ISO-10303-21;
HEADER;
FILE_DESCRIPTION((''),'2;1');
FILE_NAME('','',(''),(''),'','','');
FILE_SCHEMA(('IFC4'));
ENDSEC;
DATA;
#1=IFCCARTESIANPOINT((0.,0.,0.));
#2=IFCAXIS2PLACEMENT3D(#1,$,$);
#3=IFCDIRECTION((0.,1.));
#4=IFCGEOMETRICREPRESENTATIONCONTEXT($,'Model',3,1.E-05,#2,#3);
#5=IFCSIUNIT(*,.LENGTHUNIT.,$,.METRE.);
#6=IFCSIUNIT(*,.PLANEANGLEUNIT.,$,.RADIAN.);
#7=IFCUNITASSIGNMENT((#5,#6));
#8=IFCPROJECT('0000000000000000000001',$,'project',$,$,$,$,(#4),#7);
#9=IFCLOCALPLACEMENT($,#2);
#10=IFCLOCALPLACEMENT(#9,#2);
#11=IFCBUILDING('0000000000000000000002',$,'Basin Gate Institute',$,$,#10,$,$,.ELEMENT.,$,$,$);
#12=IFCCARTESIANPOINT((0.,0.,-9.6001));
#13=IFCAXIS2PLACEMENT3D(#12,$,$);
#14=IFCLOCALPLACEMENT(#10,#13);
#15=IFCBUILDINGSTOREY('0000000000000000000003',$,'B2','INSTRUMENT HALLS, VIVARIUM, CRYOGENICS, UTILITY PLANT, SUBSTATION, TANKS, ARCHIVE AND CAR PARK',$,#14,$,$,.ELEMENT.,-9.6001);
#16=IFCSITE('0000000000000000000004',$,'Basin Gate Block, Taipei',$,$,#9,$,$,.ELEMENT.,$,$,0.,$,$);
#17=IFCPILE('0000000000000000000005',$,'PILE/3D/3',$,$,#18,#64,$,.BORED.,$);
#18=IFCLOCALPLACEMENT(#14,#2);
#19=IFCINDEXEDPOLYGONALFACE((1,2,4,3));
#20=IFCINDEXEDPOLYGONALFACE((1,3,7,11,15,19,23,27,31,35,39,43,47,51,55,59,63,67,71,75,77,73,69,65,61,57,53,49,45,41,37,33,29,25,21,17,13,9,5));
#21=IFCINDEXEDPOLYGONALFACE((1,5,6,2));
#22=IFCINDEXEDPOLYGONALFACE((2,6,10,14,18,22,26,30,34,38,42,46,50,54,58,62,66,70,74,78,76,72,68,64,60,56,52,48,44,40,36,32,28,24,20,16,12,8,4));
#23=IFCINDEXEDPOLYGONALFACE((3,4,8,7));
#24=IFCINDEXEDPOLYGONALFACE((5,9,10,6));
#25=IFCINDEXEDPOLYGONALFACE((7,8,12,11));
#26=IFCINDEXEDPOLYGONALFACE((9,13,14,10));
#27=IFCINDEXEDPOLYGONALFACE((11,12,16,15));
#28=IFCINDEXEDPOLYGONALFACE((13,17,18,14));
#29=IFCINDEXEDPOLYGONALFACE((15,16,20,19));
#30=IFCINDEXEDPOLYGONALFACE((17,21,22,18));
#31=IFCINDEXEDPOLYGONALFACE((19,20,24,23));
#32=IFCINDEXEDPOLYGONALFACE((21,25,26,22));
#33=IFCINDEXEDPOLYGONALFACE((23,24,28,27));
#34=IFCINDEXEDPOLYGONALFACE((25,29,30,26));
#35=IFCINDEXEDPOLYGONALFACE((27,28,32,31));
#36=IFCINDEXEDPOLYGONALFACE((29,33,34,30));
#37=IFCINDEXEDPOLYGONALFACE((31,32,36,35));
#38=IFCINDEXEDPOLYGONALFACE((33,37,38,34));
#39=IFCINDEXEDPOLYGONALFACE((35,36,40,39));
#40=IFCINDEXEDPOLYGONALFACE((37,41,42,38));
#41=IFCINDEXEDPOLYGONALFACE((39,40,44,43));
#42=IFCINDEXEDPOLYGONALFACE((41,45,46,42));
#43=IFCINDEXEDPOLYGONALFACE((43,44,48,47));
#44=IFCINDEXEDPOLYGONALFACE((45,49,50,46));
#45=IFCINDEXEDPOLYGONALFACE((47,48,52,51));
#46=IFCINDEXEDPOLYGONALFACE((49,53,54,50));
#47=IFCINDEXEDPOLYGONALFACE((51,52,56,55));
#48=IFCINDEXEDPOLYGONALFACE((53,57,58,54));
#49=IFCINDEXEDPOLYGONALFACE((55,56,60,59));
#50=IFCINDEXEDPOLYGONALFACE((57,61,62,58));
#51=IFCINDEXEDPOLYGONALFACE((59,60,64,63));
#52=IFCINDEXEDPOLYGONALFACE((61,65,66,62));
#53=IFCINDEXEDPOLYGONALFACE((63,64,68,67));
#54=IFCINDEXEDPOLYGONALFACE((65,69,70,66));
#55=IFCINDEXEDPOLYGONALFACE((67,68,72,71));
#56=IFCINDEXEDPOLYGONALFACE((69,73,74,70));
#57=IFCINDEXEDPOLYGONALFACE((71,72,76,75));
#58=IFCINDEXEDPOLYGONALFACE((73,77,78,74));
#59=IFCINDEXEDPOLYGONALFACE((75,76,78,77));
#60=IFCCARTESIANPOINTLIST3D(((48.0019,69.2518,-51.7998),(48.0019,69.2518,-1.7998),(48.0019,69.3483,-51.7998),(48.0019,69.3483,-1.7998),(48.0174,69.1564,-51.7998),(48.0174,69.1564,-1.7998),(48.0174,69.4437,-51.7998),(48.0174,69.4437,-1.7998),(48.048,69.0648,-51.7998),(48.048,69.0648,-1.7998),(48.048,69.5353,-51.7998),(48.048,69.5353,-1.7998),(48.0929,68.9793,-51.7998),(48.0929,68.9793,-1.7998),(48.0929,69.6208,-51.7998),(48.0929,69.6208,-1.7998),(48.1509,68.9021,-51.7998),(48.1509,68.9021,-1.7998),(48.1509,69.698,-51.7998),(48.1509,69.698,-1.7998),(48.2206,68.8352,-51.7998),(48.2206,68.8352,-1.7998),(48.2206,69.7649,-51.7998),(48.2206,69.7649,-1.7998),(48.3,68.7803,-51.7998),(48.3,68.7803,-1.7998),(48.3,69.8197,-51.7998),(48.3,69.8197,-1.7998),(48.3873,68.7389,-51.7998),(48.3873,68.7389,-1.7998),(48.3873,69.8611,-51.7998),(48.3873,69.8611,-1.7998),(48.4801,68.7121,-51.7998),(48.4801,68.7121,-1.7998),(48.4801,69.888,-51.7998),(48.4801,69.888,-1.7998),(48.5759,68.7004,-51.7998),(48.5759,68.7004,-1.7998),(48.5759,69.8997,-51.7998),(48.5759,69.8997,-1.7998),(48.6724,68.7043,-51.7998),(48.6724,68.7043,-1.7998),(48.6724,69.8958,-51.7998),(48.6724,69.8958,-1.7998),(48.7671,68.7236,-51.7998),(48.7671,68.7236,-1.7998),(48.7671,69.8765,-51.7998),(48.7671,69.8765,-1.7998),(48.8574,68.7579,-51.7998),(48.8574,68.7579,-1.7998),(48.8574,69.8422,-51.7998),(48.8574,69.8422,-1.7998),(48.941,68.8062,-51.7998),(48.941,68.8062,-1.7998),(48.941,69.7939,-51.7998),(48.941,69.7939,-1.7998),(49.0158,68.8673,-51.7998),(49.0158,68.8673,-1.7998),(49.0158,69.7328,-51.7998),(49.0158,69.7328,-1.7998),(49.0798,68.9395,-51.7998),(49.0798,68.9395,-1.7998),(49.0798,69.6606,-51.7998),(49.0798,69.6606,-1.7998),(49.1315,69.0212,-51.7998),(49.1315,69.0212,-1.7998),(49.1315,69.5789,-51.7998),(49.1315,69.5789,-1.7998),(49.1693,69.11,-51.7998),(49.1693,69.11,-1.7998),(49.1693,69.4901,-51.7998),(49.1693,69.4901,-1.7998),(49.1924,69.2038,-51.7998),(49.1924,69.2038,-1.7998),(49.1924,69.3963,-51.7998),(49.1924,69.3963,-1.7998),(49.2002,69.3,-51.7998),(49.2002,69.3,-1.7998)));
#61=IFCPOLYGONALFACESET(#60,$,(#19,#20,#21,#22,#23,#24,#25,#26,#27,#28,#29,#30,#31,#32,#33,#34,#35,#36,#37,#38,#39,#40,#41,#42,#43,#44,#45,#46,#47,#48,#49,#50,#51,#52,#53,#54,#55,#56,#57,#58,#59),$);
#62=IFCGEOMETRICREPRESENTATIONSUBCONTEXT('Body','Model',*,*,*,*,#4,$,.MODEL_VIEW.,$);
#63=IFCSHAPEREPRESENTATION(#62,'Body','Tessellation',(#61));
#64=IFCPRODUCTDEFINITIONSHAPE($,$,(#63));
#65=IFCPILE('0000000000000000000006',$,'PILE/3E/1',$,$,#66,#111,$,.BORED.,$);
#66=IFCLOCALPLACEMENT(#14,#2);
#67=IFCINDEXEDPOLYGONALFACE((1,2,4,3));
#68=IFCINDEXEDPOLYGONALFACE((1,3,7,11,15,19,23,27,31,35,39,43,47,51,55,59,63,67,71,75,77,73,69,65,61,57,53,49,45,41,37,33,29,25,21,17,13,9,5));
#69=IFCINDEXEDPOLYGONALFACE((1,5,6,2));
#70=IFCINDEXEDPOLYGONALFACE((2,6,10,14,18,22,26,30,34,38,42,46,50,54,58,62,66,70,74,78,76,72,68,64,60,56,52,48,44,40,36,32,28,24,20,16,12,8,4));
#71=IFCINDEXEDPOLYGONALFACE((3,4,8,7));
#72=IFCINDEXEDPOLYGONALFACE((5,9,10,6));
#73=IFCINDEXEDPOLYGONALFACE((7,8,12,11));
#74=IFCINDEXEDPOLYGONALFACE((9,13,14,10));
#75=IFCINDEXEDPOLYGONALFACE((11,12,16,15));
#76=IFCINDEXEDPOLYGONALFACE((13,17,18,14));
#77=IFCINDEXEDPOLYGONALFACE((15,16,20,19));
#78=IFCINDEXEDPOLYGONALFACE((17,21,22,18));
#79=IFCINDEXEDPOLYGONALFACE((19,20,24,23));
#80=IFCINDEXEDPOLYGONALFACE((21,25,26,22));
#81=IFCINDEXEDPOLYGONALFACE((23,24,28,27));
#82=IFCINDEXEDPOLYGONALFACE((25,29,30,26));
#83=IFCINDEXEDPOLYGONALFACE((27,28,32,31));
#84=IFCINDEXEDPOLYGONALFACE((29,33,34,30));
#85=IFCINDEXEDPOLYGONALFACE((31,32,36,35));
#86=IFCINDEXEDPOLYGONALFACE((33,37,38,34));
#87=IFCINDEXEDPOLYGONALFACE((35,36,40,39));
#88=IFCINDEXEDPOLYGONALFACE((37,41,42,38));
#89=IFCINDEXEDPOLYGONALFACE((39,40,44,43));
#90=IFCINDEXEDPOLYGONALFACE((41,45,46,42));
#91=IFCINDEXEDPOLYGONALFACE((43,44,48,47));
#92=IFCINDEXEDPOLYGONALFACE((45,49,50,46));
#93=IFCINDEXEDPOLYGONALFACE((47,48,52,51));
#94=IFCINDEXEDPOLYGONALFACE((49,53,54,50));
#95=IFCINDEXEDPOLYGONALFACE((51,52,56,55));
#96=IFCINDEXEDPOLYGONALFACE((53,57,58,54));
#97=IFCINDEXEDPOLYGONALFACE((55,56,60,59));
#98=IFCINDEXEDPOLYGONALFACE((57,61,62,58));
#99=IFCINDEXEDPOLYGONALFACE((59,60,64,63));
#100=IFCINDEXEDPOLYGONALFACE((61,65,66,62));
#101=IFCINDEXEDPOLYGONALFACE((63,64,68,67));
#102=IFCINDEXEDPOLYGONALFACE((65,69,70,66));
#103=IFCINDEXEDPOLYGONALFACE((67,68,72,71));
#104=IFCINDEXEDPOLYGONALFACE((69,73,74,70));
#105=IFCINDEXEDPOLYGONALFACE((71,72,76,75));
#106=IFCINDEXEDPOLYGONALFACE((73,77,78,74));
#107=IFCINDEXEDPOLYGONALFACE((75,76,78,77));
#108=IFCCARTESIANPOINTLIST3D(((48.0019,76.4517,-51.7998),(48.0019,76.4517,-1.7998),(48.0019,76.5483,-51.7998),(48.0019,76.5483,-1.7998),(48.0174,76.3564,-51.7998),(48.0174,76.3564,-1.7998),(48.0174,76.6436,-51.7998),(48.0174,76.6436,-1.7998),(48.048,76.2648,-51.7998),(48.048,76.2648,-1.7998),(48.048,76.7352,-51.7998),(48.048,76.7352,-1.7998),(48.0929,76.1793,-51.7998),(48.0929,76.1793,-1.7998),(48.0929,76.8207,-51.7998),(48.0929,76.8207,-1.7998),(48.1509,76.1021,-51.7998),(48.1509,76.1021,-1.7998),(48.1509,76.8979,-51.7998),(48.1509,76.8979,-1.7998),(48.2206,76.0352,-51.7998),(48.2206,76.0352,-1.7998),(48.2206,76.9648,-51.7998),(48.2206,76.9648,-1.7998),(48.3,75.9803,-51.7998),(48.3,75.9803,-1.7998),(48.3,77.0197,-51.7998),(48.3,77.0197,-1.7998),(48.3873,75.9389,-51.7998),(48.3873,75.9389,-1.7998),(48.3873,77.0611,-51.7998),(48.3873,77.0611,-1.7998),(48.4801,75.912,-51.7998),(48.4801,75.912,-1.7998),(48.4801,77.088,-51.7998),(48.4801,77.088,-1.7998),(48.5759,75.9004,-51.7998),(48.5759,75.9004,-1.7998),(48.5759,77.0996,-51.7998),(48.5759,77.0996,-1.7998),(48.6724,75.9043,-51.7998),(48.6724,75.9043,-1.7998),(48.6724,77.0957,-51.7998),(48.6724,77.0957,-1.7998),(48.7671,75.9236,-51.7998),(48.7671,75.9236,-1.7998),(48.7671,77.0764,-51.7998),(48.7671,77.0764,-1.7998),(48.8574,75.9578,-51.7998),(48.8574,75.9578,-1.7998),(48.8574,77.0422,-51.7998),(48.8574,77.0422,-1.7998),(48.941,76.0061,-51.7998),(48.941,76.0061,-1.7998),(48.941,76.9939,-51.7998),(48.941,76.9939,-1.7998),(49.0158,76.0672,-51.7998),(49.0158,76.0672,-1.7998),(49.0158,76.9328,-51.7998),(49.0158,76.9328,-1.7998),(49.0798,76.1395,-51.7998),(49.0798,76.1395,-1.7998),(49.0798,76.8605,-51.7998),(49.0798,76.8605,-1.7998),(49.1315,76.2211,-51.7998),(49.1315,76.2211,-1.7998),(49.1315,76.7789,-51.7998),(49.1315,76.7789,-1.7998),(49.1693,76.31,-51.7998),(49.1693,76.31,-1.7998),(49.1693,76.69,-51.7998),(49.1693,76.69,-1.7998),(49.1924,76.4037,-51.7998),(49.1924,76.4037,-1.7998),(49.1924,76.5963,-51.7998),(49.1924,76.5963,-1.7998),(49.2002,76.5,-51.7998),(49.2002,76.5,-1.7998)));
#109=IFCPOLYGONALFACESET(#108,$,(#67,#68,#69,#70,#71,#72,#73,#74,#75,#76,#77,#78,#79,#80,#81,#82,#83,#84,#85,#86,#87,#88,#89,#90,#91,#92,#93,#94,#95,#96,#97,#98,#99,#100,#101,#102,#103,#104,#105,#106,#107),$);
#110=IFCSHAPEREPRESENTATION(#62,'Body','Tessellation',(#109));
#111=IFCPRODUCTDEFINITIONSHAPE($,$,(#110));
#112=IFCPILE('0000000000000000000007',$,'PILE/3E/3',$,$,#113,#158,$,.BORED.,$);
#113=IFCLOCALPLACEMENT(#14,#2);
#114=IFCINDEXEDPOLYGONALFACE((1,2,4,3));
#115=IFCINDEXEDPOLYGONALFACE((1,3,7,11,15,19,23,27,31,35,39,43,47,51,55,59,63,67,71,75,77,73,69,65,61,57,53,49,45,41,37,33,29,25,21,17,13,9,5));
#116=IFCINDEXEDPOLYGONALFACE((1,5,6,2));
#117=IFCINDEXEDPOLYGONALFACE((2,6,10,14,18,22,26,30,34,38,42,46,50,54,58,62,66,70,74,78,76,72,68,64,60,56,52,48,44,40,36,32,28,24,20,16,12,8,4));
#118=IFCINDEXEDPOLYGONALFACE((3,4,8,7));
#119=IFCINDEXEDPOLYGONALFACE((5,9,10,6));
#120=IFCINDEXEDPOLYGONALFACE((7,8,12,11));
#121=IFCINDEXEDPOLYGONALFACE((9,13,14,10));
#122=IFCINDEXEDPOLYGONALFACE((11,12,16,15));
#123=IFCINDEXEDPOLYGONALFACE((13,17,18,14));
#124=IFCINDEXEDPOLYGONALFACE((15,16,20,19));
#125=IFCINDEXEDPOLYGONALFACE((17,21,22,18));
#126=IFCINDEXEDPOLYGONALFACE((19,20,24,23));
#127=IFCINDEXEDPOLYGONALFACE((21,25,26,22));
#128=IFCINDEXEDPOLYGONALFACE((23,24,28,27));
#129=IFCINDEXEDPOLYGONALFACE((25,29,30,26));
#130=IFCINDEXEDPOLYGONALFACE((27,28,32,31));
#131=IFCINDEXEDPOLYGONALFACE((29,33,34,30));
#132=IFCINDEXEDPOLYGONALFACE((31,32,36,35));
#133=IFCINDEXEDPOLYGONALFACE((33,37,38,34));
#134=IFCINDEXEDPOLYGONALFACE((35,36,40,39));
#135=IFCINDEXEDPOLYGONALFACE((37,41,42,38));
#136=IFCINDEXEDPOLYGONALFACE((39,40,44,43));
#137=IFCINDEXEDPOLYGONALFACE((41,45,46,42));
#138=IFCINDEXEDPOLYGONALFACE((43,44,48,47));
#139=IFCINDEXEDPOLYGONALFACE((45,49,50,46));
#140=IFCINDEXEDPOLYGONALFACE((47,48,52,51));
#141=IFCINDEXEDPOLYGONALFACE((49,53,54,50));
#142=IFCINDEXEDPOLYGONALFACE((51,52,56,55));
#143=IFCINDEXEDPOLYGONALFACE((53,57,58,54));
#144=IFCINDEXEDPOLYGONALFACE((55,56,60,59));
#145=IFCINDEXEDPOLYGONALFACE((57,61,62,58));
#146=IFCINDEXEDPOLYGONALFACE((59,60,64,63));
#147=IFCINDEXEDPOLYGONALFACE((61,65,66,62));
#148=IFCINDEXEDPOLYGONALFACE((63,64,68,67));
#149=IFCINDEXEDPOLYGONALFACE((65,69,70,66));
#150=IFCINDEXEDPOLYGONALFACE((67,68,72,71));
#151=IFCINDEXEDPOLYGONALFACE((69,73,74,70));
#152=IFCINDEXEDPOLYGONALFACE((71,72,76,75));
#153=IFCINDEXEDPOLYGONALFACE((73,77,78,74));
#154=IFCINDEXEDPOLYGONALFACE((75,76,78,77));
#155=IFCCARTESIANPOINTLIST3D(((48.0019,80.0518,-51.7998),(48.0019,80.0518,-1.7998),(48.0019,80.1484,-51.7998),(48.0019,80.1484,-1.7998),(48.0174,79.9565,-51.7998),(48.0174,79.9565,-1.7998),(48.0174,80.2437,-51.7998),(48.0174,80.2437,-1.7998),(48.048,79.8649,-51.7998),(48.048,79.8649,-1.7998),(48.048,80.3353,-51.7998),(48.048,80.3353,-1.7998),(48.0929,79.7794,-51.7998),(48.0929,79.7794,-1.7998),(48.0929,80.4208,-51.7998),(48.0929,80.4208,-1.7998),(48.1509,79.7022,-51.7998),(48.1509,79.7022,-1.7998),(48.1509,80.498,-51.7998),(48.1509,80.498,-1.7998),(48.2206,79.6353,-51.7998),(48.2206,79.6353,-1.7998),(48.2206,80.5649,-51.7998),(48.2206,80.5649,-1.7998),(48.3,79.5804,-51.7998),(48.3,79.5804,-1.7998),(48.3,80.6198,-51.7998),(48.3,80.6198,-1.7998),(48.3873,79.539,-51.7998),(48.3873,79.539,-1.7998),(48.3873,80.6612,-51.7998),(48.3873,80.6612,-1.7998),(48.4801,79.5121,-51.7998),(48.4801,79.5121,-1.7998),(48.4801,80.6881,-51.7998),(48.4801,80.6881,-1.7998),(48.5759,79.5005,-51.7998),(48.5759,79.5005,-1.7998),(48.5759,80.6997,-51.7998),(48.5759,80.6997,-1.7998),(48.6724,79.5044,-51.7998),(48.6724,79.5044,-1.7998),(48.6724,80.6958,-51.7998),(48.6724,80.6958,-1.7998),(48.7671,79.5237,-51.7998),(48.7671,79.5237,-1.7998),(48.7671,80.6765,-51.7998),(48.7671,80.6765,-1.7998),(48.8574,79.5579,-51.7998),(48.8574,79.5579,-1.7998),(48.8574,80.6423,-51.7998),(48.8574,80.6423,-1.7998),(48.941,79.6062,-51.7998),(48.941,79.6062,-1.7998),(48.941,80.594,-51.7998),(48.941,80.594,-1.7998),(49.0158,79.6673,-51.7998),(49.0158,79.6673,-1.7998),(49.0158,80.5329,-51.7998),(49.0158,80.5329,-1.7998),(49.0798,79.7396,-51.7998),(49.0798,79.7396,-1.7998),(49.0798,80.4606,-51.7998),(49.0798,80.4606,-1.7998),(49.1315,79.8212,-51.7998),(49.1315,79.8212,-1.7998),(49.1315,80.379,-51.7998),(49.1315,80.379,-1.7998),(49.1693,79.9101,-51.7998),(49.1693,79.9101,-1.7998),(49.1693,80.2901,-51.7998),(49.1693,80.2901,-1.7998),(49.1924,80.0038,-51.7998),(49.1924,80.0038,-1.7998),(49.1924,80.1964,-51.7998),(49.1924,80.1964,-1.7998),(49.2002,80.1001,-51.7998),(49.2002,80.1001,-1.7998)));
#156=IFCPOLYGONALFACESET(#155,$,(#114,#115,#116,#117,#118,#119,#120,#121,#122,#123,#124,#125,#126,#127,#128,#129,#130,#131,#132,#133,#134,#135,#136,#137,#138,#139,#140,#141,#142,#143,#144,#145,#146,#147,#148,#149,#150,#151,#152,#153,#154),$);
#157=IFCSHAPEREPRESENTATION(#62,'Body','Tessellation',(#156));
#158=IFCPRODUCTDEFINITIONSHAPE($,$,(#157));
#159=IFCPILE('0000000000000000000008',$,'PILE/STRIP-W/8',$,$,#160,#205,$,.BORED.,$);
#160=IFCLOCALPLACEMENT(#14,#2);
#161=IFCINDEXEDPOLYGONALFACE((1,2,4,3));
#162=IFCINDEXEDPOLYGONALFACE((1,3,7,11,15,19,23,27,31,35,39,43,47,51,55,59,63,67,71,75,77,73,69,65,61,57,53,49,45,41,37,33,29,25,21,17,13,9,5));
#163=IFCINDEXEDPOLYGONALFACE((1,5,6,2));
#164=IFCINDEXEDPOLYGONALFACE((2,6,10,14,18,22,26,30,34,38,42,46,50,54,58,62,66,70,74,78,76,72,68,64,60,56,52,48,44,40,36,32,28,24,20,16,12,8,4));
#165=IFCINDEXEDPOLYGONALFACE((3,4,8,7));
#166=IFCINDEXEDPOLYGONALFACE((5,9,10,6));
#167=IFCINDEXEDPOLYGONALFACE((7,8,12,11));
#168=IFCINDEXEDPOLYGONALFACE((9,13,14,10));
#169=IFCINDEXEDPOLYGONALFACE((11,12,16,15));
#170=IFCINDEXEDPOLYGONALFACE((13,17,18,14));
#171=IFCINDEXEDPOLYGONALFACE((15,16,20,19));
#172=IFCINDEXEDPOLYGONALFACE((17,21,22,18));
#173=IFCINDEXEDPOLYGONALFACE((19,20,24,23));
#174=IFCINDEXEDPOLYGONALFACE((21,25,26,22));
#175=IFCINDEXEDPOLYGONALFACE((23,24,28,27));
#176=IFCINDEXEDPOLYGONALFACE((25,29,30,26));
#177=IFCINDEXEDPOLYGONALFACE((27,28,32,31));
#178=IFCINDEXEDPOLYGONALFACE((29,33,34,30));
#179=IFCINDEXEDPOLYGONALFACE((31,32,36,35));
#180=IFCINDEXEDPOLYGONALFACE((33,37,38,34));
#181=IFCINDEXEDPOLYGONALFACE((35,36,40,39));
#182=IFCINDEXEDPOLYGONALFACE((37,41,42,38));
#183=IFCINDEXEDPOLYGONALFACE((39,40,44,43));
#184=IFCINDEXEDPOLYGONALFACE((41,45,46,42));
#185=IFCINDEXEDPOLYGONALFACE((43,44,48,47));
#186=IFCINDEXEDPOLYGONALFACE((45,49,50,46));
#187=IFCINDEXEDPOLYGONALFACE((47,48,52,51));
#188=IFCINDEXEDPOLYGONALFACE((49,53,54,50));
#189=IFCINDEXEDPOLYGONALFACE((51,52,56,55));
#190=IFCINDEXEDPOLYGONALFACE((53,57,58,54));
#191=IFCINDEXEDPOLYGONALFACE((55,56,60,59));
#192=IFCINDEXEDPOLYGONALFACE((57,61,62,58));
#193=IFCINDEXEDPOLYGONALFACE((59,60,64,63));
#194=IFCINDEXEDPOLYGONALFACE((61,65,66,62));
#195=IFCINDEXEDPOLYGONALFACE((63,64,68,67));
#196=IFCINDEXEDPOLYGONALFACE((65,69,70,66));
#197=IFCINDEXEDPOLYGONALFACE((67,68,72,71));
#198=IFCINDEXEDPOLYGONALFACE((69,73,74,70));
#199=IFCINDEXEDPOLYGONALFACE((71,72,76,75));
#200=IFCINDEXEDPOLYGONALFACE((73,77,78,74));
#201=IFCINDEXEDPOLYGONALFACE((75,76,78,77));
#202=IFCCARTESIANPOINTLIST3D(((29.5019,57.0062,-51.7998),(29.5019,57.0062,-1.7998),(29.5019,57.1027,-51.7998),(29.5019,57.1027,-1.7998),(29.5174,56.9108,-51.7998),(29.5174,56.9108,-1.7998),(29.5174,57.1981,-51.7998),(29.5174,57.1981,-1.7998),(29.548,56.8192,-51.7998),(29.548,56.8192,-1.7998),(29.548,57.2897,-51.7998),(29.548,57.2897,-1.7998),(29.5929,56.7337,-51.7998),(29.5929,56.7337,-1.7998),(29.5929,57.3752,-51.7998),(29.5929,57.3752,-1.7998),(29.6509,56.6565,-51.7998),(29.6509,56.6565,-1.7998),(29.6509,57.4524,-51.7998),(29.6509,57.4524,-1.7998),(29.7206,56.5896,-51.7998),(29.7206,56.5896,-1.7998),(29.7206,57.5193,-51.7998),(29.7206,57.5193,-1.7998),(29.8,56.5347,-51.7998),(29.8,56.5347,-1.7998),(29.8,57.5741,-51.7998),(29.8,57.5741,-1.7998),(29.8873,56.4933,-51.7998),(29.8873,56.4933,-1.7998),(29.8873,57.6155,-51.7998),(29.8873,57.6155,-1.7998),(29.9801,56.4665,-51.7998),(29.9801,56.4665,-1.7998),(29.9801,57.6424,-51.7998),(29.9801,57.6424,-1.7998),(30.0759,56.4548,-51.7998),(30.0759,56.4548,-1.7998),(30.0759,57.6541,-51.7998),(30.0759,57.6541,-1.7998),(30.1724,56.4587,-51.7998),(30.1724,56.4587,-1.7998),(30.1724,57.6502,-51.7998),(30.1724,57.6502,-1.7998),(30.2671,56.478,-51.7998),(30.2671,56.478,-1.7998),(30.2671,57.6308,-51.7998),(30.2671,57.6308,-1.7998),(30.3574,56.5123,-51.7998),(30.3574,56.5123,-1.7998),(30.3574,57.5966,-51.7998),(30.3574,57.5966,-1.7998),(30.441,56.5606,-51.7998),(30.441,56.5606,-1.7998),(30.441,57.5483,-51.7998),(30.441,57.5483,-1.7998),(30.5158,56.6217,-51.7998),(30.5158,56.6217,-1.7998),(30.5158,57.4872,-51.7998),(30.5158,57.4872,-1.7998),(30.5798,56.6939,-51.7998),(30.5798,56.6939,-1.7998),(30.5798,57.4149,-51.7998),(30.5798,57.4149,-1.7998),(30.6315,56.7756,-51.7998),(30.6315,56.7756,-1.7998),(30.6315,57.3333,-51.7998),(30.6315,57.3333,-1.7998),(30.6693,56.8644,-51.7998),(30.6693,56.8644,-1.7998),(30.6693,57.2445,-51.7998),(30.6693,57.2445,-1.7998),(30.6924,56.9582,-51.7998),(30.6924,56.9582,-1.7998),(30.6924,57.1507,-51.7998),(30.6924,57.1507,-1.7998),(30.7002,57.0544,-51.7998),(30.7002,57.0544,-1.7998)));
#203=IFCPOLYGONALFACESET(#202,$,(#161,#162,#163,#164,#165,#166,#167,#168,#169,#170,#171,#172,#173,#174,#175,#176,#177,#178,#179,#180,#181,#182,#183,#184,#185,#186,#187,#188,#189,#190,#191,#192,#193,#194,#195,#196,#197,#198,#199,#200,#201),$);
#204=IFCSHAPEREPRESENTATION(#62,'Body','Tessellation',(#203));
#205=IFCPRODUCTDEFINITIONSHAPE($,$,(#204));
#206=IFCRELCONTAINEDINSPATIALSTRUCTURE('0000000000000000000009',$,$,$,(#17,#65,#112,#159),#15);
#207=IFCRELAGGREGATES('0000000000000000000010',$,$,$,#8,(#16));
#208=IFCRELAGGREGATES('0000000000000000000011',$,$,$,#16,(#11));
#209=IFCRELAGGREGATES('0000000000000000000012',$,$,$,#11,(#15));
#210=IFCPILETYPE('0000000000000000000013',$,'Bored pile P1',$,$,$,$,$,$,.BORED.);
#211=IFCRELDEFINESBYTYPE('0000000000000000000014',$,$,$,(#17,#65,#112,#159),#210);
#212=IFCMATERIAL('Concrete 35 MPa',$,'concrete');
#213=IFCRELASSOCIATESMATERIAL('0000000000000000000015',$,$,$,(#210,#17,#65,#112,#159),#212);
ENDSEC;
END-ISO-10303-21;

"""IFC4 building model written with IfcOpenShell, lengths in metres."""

from ifc_helpers import new_model, si_unit, direction, frame, origin, origin_2d, place, context, subcontext, project, spatial, circle, extrude, material, material_profile, profile_set, type_object, element, save


model = new_model("IFC4")

# Units and contexts
model_context = context("Model", 3, precision=1e-05, world=origin(), true_north=direction((0.0, 1.0)))
body_context = subcontext(model_context, "Body", "Model", "MODEL_VIEW")
ifc_project = project(units=[si_unit("LENGTHUNIT", "METRE"), si_unit("PLANEANGLEUNIT", "RADIAN")], contexts=[model_context])

# Site, building, storey
site_placement = place(None, origin())
site = spatial("IfcSite", under=ifc_project, at=site_placement, Name="Basin Gate Block, Taipei", CompositionType="ELEMENT", RefElevation=0.0)
building_placement = place(site_placement, origin())
building = spatial("IfcBuilding", under=site, at=building_placement, Name="Basin Gate Institute", CompositionType="ELEMENT")
storey_placement = place(building_placement, frame((0.0, 0.0, -9.6001)))
storey = spatial("IfcBuildingStorey", under=building, at=storey_placement, Name="B2", Description="INSTRUMENT HALLS, VIVARIUM, CRYOGENICS, UTILITY PLANT, SUBSTATION, TANKS, ARCHIVE AND CAR PARK", CompositionType="ELEMENT", Elevation=-9.6001)

# Piles
ifc_material_1 = material(Name="Concrete 35 MPa", Category="concrete")
ifc_material_profile_1 = material_profile(ifc_material_1, circle(Radius=0.6001, at=origin_2d()), Name="Bored pile P1 1200 dia")
ifc_profile_set_1 = profile_set([ifc_material_profile_1], Name="Concrete 35 MPa")
pile_type = type_object("IfcPileType", Name="Bored pile P1", PredefinedType="BORED", material=ifc_profile_set_1)
for number, where, z_axis, x_axis, name in (
    (1, (48.6001, 69.3, -1.7998), (0.0, 0.0, -1.0), (1.0, 0.0, 0.0), "PILE/3D/3"),
    (2, (48.6001, 76.5, -1.7998), (0.0, 0.0, -1.0), (1.0, 0.0, 0.0), "PILE/3E/1"),
    (3, (48.6001, 80.1001, -1.7998), (0.0, 0.0, -1.0), (1.0, 0.0, 0.0), "PILE/3E/3"),
    (4, (30.1001, 57.0544, -1.7998), (0.0, 0.0, -1.0), (1.0, 0.0, 0.0), "PILE/STRIP-W/8"),
):
    element("IfcPile", number, at=place(storey_placement, frame(where, z_axis=z_axis, x_axis=x_axis)), inside=storey, type_object=pile_type, material=ifc_profile_set_1, Name=name, PredefinedType="BORED", context=body_context, shape_type="SweptSolid", body=[
        extrude(circle(Radius=0.6001, at=origin_2d()), origin(), (0.0, 0.0, 1.0), 50.0),
    ])

save(model, "model.ifc")
